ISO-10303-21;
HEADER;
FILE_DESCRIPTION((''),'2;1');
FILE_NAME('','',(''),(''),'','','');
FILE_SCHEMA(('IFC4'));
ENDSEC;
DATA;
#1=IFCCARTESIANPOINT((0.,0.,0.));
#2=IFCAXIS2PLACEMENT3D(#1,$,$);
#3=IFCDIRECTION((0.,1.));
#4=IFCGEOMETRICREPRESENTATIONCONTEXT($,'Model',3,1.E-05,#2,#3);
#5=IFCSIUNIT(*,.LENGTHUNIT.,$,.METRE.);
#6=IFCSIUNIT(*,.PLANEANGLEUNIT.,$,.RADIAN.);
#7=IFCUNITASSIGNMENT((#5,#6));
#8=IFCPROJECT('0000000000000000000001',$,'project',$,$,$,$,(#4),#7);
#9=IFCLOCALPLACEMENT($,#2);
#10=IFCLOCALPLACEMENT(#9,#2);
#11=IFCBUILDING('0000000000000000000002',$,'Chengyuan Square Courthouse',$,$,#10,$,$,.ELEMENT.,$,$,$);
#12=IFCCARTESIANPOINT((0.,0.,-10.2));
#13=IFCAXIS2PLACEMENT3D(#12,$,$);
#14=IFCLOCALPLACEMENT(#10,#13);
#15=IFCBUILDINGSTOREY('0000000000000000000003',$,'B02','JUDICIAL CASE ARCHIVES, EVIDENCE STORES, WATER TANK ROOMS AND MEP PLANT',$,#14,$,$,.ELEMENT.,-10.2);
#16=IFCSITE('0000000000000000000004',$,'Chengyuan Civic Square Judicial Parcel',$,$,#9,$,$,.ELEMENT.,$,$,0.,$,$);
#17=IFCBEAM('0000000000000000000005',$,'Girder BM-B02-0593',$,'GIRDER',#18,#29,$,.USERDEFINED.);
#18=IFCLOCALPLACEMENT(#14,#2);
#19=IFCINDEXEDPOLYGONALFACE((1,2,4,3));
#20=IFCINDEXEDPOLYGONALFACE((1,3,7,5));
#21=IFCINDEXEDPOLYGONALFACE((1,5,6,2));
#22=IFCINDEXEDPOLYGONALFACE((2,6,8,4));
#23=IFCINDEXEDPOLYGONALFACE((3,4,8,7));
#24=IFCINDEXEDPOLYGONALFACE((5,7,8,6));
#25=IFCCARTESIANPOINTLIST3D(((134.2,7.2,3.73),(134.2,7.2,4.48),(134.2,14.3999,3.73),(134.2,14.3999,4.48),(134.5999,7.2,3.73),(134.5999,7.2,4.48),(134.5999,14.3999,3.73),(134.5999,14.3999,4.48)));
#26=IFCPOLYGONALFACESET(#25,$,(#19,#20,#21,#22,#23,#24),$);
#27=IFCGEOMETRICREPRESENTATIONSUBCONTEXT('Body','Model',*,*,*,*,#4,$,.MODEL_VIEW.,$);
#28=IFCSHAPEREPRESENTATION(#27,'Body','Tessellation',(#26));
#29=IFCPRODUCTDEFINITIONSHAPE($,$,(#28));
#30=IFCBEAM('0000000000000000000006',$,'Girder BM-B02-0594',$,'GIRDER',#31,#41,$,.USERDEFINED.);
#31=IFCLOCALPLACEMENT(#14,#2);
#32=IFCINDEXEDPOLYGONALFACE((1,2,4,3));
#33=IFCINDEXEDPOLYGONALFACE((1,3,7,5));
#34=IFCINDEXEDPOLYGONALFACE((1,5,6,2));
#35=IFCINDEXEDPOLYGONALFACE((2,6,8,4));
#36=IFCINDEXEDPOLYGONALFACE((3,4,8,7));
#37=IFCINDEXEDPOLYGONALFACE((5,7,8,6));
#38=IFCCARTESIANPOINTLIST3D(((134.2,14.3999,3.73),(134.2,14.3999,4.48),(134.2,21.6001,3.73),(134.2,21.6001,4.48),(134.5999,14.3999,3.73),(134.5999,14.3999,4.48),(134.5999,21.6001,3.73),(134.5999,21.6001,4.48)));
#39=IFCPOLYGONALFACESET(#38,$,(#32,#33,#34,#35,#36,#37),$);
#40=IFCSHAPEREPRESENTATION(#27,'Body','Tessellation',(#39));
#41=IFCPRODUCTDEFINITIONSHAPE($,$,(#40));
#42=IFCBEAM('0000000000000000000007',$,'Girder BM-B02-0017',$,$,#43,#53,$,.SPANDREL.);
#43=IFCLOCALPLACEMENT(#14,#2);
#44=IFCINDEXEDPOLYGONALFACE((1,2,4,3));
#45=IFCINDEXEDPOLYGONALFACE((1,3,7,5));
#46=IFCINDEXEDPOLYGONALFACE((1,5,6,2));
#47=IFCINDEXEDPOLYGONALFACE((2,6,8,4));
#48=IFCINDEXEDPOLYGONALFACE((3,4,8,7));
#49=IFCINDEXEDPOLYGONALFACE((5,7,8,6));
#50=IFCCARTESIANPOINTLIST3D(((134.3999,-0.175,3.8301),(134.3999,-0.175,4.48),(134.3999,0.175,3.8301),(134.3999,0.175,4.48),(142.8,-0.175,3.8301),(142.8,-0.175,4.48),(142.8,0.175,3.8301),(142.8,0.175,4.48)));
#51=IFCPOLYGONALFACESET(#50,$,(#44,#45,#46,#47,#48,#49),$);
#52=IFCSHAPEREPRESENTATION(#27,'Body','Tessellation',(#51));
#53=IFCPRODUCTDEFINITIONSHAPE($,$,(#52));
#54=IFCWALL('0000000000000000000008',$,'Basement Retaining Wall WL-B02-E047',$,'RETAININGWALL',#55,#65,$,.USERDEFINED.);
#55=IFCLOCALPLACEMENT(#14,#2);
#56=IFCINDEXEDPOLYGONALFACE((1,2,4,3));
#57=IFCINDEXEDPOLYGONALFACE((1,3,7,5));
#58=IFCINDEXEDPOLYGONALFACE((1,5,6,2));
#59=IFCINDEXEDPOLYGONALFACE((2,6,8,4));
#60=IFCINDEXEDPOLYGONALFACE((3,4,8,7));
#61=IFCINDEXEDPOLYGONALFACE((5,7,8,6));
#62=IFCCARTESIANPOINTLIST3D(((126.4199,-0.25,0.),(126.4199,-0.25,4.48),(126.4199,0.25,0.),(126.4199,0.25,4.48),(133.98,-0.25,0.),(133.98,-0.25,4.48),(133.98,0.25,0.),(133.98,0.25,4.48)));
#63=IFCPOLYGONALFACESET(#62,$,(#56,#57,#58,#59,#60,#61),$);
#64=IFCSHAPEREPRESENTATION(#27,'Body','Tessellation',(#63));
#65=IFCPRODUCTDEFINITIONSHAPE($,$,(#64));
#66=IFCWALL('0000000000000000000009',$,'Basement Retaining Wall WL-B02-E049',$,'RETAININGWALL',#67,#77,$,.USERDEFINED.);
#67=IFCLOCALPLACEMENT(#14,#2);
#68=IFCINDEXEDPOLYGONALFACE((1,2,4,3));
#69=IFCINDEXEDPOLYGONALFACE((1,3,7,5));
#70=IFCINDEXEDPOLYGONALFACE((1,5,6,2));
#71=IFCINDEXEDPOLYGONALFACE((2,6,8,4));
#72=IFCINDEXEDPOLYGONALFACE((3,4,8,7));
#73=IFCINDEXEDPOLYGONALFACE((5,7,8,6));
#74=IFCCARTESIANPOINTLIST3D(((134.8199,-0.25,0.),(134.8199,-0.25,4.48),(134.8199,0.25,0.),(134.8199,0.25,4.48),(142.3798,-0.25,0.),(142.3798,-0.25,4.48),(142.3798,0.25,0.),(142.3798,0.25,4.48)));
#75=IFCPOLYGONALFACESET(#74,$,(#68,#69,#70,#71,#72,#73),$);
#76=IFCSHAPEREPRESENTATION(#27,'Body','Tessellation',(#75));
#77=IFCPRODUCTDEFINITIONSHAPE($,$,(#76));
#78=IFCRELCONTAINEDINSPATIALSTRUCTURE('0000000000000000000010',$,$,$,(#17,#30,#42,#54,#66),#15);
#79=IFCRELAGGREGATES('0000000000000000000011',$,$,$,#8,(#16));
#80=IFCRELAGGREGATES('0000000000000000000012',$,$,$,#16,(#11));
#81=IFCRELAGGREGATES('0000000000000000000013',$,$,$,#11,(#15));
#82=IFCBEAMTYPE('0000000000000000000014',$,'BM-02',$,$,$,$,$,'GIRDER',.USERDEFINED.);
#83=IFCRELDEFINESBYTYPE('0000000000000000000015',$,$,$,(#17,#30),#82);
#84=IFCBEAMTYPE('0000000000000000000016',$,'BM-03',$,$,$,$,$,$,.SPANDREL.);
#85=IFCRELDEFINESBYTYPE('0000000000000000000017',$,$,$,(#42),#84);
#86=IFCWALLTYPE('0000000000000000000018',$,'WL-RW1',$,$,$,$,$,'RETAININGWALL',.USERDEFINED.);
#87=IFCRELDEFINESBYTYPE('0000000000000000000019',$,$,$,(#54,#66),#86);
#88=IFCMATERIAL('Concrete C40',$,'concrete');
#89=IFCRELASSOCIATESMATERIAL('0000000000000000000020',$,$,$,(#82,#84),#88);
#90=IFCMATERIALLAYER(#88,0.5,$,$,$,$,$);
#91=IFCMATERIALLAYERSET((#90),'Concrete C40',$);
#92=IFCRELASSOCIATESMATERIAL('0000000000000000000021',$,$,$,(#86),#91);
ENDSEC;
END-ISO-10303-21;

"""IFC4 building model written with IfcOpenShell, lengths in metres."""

from ifc_helpers import new_model, si_unit, direction, frame, frame_2d, origin, origin_2d, place, context, subcontext, project, spatial, rectangle, extrude, material, layer, layer_set, material_profile, profile_set, type_object, element, save


model = new_model("IFC4")

# Units and contexts
model_context = context("Model", 3, precision=1e-05, world=origin(), true_north=direction((0.0, 1.0)))
body_context = subcontext(model_context, "Body", "Model", "MODEL_VIEW")
ifc_project = project(units=[si_unit("LENGTHUNIT", "METRE"), si_unit("PLANEANGLEUNIT", "RADIAN")], contexts=[model_context])

# Site, building, storey
site_placement = place(None, origin())
site = spatial("IfcSite", under=ifc_project, at=site_placement, Name="Chengyuan Civic Square Judicial Parcel", CompositionType="ELEMENT", RefElevation=0.0)
building_placement = place(site_placement, origin())
building = spatial("IfcBuilding", under=site, at=building_placement, Name="Chengyuan Square Courthouse", CompositionType="ELEMENT")
storey_placement = place(building_placement, frame((0.0, 0.0, -10.2)))
storey = spatial("IfcBuildingStorey", under=building, at=storey_placement, Name="B02", Description="JUDICIAL CASE ARCHIVES, EVIDENCE STORES, WATER TANK ROOMS AND MEP PLANT", CompositionType="ELEMENT", Elevation=-10.2)

# Shared definitions
ifc_material_1 = material(Name="Concrete C40", Category="concrete")

# Beams
ifc_material_profile_1 = material_profile(ifc_material_1, rectangle(XDim=0.3999, YDim=0.75, at=origin_2d()), Name="RC-BM-400x750")
ifc_profile_set_1 = profile_set([ifc_material_profile_1], Name="Concrete C40")
beam_type_1 = type_object("IfcBeamType", Name="BM-02", ElementType="GIRDER", PredefinedType="USERDEFINED", material=ifc_profile_set_1)
for number, where, z_axis, x_axis, name in (
    (1, (134.3999, 7.2, 4.105), (0.0, 1.0, 0.0), (-1.0, 0.0, 0.0), "Girder BM-B02-0593"),
):
    element("IfcBeam", number, at=place(storey_placement, frame(where, z_axis=z_axis, x_axis=x_axis)), inside=storey, type_object=beam_type_1, Name=name, ObjectType="GIRDER", PredefinedType="USERDEFINED", context=body_context, shape_type="SweptSolid", body=[
        extrude(rectangle(XDim=0.3999, YDim=0.75, at=origin_2d()), origin(), (0.0, 0.0, 1.0), 7.2),
    ])
beam_1_placement = place(storey_placement, frame((134.3999, 14.3999, 4.105), z_axis=(0.0, 1.0, 0.0), x_axis=(-1.0, 0.0, 0.0)))
element("IfcBeam", 2, at=beam_1_placement, inside=storey, type_object=beam_type_1, Name="Girder BM-B02-0594", ObjectType="GIRDER", PredefinedType="USERDEFINED", context=body_context, shape_type="SweptSolid", body=[
    extrude(rectangle(XDim=0.3999, YDim=0.75, at=origin_2d()), origin(), (0.0, 0.0, 1.0), 7.2002),
])
ifc_material_profile_2 = material_profile(ifc_material_1, rectangle(XDim=0.3501, YDim=0.6499, at=origin_2d()), Name="RC-BM-350x650")
ifc_profile_set_2 = profile_set([ifc_material_profile_2], Name="Concrete C40")
beam_type_2 = type_object("IfcBeamType", Name="BM-03", PredefinedType="SPANDREL", material=ifc_profile_set_2)
beam_2_placement = place(storey_placement, frame((134.3999, 0.0, 4.155), z_axis=(1.0, 0.0, 0.0), x_axis=(0.0, 1.0, 0.0)))
element("IfcBeam", 3, at=beam_2_placement, inside=storey, type_object=beam_type_2, Name="Girder BM-B02-0017", PredefinedType="SPANDREL", context=body_context, shape_type="SweptSolid", body=[
    extrude(rectangle(XDim=0.3501, YDim=0.6499, at=origin_2d()), origin(), (0.0, 0.0, 1.0), 8.4001),
])

# Walls
ifc_layer = layer(ifc_material_1, 0.5)
ifc_layer_set = layer_set([ifc_layer], Name="Concrete C40")
wall_type = type_object("IfcWallType", Name="WL-RW1", ElementType="RETAININGWALL", PredefinedType="USERDEFINED", material=ifc_layer_set)
wall_1_placement = place(storey_placement, frame((126.4199, 0.0, 0.0), z_axis=(0.0, 0.0, 1.0), x_axis=(1.0, 0.0, 0.0)))
element("IfcWall", 4, at=wall_1_placement, inside=storey, type_object=wall_type, Name="Basement Retaining Wall WL-B02-E047", ObjectType="RETAININGWALL", PredefinedType="USERDEFINED", context=body_context, shape_type="SweptSolid", body=[
    extrude(rectangle(XDim=7.5601, YDim=0.5, at=frame_2d((3.78, 0.0))), origin(), (0.0, 0.0, 1.0), 4.48),
])
wall_2_placement = place(storey_placement, frame((134.8201, 0.0, 0.0), z_axis=(0.0, 0.0, 1.0), x_axis=(1.0, 0.0, 0.0)))
element("IfcWall", 5, at=wall_2_placement, inside=storey, type_object=wall_type, Name="Basement Retaining Wall WL-B02-E049", ObjectType="RETAININGWALL", PredefinedType="USERDEFINED", context=body_context, shape_type="SweptSolid", body=[
    extrude(rectangle(XDim=7.5598, YDim=0.5, at=frame_2d((3.7798, 0.0))), origin(), (0.0, 0.0, 1.0), 4.48),
])

save(model, "model.ifc")
